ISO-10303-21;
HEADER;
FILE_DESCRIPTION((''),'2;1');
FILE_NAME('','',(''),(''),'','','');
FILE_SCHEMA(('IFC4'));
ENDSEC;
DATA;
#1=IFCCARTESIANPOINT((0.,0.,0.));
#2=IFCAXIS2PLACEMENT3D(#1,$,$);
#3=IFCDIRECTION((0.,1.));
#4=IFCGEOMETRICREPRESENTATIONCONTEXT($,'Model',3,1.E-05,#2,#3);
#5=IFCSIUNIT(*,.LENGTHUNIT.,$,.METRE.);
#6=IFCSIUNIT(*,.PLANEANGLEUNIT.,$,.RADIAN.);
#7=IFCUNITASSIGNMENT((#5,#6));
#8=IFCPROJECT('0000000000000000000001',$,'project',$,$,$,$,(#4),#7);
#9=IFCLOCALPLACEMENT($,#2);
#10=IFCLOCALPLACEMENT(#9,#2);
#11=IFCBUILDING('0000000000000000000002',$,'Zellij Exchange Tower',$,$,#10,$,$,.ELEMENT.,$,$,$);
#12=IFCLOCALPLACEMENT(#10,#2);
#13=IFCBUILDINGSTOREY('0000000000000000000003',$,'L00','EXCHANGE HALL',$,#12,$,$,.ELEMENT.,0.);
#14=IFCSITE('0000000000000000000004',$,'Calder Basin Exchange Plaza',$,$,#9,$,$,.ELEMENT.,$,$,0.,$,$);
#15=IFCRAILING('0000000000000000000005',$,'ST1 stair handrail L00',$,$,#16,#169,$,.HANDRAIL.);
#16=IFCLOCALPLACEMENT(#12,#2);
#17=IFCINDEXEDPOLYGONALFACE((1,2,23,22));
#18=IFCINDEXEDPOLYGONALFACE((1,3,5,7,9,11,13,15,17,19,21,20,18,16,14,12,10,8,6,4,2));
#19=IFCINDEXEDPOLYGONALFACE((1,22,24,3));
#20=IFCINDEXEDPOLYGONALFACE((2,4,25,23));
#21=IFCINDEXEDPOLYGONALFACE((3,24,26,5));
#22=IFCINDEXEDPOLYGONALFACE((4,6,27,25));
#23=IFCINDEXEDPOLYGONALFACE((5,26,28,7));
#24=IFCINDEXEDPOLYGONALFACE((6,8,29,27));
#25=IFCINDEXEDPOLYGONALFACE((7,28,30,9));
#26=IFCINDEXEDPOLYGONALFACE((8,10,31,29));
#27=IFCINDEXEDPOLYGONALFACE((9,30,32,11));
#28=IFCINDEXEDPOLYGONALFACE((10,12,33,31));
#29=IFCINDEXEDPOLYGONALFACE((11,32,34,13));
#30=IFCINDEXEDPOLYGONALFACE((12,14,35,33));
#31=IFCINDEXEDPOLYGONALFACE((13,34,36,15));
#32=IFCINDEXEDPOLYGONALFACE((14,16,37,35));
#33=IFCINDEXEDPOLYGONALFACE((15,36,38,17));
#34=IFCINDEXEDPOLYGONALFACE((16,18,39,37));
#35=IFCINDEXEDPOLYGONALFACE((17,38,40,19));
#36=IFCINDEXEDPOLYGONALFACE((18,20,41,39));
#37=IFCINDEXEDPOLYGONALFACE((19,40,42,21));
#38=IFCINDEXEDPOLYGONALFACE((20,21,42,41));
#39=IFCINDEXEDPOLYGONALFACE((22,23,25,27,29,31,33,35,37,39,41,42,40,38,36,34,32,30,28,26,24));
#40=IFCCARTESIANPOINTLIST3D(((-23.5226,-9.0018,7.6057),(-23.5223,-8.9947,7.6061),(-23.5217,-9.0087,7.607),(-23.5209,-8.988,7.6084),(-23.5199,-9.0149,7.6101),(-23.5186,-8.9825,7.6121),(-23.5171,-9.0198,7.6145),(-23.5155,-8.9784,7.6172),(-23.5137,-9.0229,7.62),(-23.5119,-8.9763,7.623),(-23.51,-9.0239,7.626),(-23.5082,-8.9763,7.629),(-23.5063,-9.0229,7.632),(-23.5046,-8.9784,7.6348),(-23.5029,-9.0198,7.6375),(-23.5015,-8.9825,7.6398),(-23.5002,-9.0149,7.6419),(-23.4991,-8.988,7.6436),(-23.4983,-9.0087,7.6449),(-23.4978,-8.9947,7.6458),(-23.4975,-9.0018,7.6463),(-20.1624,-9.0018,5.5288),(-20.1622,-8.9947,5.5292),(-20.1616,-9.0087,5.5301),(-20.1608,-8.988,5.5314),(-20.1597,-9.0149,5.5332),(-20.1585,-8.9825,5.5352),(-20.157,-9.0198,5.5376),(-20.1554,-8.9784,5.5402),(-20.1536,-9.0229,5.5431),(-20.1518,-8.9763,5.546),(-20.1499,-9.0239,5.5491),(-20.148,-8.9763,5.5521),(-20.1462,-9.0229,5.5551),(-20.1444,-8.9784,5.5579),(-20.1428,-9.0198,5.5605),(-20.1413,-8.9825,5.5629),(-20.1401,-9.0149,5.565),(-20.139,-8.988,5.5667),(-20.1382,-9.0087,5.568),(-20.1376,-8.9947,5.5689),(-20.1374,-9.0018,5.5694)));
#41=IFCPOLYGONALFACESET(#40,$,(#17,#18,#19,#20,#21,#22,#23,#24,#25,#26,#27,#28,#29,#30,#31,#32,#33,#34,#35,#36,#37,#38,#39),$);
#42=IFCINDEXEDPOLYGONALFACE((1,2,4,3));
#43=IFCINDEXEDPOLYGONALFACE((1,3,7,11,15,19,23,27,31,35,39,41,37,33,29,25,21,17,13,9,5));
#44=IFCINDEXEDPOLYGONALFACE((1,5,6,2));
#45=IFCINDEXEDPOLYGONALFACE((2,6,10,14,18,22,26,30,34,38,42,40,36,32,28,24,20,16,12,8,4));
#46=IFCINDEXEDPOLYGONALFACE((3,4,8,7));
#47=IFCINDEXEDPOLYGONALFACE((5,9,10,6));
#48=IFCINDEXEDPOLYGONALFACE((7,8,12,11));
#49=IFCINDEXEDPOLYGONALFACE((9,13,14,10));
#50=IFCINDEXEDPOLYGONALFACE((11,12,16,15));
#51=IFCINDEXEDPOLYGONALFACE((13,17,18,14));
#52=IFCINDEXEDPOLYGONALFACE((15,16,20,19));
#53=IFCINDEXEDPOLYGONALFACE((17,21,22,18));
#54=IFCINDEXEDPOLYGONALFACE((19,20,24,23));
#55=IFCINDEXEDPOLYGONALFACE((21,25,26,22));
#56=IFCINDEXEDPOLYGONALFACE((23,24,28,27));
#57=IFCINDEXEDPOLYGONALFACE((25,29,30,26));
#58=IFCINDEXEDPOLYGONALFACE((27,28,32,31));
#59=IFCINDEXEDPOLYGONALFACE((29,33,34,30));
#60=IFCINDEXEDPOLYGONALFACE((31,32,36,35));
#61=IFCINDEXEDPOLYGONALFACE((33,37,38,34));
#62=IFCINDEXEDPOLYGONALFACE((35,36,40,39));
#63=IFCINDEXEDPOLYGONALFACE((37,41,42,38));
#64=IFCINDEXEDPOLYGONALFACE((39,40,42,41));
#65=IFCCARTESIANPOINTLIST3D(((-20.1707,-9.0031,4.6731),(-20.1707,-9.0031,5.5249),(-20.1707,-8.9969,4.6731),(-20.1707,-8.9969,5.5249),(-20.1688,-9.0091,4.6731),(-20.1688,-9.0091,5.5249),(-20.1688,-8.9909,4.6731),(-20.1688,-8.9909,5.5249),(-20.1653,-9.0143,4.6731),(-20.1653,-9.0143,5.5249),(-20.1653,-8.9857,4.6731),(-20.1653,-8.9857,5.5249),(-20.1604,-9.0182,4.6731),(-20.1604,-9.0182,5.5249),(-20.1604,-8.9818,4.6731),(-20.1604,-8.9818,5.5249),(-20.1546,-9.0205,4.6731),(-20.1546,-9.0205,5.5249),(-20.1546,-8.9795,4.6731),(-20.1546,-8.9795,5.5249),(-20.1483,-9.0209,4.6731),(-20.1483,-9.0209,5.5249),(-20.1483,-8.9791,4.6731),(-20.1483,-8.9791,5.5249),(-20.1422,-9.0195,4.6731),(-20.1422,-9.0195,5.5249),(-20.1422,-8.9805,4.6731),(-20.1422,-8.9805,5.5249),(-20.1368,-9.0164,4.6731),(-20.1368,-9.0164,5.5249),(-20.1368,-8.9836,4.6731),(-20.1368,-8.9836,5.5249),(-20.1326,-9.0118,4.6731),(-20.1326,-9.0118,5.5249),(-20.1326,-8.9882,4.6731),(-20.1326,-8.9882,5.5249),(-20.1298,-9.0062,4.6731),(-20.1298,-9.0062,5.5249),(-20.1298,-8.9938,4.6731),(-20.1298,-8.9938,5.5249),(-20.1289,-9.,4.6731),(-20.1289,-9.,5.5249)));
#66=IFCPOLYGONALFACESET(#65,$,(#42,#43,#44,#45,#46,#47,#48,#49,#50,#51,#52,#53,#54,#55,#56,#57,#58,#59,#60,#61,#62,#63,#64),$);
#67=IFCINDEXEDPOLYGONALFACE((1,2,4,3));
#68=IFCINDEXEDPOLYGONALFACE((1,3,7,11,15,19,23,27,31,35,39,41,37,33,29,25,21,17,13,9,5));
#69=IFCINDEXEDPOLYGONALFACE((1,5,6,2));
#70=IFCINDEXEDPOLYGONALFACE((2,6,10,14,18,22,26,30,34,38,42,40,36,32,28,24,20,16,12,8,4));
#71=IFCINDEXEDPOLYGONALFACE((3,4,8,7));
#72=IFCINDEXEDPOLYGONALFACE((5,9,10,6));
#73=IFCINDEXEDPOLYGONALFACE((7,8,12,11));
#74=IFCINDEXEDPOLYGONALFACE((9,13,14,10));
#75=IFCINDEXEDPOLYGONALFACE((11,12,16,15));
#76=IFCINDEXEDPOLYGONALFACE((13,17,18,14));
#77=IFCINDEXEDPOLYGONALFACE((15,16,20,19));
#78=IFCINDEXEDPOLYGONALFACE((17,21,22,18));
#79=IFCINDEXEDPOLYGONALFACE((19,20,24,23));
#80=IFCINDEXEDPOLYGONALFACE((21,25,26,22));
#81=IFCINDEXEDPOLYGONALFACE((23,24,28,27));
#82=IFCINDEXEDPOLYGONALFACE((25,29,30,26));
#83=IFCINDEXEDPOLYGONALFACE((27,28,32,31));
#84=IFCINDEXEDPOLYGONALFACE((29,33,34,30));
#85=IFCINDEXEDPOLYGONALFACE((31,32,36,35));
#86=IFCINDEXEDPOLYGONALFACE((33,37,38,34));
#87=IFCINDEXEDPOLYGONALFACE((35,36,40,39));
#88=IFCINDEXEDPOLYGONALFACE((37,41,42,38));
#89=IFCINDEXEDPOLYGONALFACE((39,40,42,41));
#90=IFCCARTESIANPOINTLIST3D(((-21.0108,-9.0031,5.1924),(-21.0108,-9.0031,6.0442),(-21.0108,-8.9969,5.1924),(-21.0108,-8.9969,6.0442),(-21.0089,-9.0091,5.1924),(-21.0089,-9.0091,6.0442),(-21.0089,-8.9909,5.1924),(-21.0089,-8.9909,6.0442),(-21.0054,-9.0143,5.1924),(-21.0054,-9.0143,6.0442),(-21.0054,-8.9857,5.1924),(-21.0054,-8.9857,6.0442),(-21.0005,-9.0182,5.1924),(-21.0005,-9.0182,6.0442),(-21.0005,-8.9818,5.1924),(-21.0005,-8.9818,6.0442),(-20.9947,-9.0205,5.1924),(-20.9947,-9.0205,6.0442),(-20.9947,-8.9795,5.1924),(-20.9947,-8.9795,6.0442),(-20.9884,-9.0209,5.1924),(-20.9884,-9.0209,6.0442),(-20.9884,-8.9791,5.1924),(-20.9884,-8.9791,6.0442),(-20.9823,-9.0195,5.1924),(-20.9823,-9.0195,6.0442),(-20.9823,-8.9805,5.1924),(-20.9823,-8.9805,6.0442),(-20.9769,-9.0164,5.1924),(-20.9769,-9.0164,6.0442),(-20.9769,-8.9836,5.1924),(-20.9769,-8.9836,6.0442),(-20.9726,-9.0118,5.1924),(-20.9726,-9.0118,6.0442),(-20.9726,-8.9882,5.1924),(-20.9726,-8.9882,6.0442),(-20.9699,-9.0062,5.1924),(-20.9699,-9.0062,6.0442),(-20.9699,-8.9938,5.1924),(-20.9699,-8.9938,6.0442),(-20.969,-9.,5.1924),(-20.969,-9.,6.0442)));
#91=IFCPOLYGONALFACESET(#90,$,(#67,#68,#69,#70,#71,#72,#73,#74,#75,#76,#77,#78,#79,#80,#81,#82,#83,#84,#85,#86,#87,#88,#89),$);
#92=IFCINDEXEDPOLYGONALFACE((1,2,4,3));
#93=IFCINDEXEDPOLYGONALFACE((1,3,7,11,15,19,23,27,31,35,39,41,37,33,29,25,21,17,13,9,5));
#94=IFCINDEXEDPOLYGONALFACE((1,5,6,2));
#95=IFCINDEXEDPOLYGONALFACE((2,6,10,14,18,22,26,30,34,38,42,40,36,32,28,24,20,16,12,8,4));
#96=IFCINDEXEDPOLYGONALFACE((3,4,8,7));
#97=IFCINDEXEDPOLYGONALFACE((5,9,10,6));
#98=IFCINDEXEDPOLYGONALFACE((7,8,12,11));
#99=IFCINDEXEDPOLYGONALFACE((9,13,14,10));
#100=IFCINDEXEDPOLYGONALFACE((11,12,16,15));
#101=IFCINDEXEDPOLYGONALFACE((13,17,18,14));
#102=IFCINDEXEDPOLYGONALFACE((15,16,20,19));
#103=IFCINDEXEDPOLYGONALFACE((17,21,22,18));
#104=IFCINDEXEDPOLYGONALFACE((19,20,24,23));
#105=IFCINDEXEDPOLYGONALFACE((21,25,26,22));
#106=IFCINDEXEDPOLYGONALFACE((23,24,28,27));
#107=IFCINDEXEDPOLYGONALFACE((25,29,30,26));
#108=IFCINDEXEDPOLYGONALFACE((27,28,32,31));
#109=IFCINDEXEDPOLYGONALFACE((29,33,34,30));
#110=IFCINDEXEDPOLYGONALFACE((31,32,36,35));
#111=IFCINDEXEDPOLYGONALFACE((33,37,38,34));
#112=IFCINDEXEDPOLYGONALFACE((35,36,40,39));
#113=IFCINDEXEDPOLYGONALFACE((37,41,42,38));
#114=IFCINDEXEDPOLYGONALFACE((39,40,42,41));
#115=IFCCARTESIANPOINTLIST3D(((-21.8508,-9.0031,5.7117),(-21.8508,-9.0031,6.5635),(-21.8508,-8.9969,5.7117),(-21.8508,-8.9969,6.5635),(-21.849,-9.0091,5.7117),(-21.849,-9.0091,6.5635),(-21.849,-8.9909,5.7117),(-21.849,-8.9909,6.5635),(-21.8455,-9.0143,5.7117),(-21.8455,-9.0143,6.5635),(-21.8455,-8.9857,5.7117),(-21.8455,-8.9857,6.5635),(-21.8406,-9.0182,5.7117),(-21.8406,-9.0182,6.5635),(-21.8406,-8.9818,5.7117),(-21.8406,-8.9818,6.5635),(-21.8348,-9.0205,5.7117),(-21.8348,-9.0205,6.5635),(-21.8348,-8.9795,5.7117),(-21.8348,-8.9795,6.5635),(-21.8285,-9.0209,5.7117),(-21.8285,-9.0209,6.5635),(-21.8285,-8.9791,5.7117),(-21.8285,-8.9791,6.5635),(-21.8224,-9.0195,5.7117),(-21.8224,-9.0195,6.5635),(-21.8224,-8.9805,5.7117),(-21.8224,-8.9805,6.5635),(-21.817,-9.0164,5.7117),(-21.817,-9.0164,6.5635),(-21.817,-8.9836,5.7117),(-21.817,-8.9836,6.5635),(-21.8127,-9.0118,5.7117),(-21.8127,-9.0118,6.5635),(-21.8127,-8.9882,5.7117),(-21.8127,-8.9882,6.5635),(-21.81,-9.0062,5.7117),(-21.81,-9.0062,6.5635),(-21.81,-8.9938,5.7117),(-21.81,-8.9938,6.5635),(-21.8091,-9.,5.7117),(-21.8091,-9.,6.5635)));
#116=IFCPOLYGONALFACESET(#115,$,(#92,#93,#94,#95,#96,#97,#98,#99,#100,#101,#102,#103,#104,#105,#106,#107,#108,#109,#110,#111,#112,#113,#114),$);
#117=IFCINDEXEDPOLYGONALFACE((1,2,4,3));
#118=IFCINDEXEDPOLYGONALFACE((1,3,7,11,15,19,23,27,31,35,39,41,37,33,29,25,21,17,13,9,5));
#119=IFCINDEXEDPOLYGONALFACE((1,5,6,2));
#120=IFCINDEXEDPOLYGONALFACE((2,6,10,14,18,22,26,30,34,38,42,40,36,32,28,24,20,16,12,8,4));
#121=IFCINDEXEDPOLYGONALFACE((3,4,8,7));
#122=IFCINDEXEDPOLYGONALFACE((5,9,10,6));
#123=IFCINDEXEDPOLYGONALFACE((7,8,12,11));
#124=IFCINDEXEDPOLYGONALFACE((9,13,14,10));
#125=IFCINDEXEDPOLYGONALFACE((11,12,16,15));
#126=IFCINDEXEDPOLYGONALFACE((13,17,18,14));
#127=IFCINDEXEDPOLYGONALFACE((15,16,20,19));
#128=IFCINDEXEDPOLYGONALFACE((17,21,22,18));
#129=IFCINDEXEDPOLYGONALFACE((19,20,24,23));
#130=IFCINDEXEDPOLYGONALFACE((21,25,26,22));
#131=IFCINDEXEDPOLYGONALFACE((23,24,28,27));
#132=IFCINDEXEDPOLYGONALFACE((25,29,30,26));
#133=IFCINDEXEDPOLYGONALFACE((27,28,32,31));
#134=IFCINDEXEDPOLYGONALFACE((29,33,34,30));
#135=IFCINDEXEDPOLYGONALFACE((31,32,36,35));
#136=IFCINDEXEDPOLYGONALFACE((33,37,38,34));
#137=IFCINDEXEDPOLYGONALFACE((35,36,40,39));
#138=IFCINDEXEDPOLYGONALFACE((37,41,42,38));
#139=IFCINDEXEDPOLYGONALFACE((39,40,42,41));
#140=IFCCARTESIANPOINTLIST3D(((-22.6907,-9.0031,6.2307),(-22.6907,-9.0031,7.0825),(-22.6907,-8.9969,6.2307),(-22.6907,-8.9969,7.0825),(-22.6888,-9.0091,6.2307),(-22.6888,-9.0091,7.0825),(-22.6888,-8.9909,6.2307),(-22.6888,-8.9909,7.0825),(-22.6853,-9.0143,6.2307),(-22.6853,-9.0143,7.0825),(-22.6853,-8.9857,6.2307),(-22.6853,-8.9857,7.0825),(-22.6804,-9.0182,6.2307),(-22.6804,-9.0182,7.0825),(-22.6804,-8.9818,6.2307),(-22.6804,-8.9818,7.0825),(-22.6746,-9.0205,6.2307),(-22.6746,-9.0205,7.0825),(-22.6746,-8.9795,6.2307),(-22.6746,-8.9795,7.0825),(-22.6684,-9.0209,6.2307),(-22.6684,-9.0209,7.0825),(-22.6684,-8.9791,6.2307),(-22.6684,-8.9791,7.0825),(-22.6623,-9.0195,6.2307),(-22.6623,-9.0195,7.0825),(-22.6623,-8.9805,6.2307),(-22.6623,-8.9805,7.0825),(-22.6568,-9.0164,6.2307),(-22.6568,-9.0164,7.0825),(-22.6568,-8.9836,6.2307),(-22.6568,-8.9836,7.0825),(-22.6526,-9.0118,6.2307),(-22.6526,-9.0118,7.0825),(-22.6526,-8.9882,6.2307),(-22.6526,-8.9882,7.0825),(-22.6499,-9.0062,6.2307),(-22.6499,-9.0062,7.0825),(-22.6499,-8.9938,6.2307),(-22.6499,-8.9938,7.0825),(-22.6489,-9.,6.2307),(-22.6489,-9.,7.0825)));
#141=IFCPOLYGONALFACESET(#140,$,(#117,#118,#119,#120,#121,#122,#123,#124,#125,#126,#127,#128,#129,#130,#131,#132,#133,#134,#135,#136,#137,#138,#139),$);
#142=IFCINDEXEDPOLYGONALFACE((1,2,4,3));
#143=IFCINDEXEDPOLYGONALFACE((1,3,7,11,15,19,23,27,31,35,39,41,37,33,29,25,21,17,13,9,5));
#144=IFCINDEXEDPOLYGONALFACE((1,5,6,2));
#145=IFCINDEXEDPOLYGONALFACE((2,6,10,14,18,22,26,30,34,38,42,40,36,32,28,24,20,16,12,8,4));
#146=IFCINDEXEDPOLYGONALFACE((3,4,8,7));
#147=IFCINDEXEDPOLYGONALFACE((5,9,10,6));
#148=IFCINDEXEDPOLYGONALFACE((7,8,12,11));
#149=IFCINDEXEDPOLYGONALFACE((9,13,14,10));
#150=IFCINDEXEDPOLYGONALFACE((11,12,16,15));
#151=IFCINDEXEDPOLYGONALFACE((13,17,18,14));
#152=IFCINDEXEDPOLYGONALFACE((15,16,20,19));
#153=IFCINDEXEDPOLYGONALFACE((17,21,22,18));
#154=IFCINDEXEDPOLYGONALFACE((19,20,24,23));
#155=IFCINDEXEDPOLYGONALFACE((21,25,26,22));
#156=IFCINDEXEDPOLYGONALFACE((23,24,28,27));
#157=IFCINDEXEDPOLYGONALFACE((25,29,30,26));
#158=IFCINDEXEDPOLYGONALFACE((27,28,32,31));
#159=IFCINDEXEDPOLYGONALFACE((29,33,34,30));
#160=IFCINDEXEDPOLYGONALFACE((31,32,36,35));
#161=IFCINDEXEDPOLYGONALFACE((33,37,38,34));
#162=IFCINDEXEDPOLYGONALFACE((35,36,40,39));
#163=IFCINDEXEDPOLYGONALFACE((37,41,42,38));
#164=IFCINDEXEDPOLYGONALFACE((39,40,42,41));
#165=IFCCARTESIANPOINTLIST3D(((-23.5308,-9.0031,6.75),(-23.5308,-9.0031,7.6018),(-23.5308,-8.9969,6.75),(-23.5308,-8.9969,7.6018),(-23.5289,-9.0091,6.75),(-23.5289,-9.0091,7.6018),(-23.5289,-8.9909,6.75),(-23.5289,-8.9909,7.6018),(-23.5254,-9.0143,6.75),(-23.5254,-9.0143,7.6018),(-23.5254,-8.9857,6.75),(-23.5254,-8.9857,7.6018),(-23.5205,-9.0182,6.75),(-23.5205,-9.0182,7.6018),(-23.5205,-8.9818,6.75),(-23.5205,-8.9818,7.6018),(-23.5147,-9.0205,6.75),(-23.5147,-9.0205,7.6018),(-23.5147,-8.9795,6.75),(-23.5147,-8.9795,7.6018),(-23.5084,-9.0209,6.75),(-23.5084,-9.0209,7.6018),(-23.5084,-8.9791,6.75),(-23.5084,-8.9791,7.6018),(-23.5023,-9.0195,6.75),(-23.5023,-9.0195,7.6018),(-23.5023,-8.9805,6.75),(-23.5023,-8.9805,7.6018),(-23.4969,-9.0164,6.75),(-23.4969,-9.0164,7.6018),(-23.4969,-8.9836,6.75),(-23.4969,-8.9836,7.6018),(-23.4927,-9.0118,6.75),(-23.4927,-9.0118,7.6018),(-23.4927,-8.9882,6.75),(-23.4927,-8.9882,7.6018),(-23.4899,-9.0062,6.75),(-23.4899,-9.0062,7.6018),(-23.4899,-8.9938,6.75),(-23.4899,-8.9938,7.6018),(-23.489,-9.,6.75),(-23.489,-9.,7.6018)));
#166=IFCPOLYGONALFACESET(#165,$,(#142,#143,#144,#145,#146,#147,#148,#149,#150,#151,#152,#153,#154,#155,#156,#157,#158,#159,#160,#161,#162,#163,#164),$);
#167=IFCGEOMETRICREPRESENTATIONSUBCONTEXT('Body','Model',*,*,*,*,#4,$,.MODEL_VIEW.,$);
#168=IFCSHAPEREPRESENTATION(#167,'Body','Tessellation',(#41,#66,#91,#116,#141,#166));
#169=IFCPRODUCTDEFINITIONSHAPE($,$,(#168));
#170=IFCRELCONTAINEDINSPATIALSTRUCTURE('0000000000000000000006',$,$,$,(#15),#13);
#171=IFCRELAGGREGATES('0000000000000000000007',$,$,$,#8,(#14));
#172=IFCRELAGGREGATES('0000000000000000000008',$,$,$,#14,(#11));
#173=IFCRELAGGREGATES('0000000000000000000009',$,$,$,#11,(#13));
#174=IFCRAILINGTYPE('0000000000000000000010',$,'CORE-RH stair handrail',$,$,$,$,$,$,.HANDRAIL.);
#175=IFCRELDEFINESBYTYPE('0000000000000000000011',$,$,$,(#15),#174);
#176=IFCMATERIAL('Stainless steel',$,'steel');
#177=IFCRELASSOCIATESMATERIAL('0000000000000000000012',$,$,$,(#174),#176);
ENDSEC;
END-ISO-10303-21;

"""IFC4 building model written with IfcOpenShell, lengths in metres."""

from ifc_helpers import new_model, si_unit, direction, frame, origin, origin_2d, place, context, subcontext, project, spatial, circle, extrude, material, type_object, element, save


model = new_model("IFC4")

# Units and contexts
model_context = context("Model", 3, precision=1e-05, world=origin(), true_north=direction((0.0, 1.0)))
body_context = subcontext(model_context, "Body", "Model", "MODEL_VIEW")
ifc_project = project(units=[si_unit("LENGTHUNIT", "METRE"), si_unit("PLANEANGLEUNIT", "RADIAN")], contexts=[model_context])

# Site, building, storey
site_placement = place(None, origin())
site = spatial("IfcSite", under=ifc_project, at=site_placement, Name="Calder Basin Exchange Plaza", CompositionType="ELEMENT", RefElevation=0.0)
building_placement = place(site_placement, origin())
building = spatial("IfcBuilding", under=site, at=building_placement, Name="Zellij Exchange Tower", CompositionType="ELEMENT")
storey_placement = place(building_placement, origin())
storey = spatial("IfcBuildingStorey", under=building, at=storey_placement, Name="L00", Description="EXCHANGE HALL", CompositionType="ELEMENT", Elevation=0.0)

# Railing
ifc_material_1 = material(Name="Stainless steel", Category="steel")
railing_type_1 = type_object("IfcRailingType", Name="CORE-RH stair handrail", PredefinedType="HANDRAIL", material=ifc_material_1)
railing_1_placement = place(storey_placement, frame((-20.1499, -9.0, 4.6731)))
element("IfcRailing", 1, at=railing_1_placement, inside=storey, type_object=railing_type_1, Name="ST1 stair handrail L00", PredefinedType="HANDRAIL", context=body_context, shape_type="SweptSolid", body=[
    extrude(circle(Radius=0.0239, at=origin_2d()), frame((0.0, 0.0, 0.876), z_axis=(-0.850623, 0.0, 0.525776), x_axis=(0.0, -1.0, 0.0)), (0.0, 0.0, 1.0), 3.9502),
    extrude(circle(Radius=0.021, at=origin_2d()), origin(), (0.0, 0.0, 1.0), 0.8518),
    extrude(circle(Radius=0.021, at=origin_2d()), frame((-0.8401, 0.0, 0.5193)), (0.0, 0.0, 1.0), 0.8518),
    extrude(circle(Radius=0.021, at=origin_2d()), frame((-1.6802, 0.0, 1.0386)), (0.0, 0.0, 1.0), 0.8518),
    extrude(circle(Radius=0.021, at=origin_2d()), frame((-2.52, 0.0, 1.5576)), (0.0, 0.0, 1.0), 0.8518),
    extrude(circle(Radius=0.021, at=origin_2d()), frame((-3.3601, 0.0, 2.0769)), (0.0, 0.0, 1.0), 0.8518),
])

save(model, "model.ifc")
